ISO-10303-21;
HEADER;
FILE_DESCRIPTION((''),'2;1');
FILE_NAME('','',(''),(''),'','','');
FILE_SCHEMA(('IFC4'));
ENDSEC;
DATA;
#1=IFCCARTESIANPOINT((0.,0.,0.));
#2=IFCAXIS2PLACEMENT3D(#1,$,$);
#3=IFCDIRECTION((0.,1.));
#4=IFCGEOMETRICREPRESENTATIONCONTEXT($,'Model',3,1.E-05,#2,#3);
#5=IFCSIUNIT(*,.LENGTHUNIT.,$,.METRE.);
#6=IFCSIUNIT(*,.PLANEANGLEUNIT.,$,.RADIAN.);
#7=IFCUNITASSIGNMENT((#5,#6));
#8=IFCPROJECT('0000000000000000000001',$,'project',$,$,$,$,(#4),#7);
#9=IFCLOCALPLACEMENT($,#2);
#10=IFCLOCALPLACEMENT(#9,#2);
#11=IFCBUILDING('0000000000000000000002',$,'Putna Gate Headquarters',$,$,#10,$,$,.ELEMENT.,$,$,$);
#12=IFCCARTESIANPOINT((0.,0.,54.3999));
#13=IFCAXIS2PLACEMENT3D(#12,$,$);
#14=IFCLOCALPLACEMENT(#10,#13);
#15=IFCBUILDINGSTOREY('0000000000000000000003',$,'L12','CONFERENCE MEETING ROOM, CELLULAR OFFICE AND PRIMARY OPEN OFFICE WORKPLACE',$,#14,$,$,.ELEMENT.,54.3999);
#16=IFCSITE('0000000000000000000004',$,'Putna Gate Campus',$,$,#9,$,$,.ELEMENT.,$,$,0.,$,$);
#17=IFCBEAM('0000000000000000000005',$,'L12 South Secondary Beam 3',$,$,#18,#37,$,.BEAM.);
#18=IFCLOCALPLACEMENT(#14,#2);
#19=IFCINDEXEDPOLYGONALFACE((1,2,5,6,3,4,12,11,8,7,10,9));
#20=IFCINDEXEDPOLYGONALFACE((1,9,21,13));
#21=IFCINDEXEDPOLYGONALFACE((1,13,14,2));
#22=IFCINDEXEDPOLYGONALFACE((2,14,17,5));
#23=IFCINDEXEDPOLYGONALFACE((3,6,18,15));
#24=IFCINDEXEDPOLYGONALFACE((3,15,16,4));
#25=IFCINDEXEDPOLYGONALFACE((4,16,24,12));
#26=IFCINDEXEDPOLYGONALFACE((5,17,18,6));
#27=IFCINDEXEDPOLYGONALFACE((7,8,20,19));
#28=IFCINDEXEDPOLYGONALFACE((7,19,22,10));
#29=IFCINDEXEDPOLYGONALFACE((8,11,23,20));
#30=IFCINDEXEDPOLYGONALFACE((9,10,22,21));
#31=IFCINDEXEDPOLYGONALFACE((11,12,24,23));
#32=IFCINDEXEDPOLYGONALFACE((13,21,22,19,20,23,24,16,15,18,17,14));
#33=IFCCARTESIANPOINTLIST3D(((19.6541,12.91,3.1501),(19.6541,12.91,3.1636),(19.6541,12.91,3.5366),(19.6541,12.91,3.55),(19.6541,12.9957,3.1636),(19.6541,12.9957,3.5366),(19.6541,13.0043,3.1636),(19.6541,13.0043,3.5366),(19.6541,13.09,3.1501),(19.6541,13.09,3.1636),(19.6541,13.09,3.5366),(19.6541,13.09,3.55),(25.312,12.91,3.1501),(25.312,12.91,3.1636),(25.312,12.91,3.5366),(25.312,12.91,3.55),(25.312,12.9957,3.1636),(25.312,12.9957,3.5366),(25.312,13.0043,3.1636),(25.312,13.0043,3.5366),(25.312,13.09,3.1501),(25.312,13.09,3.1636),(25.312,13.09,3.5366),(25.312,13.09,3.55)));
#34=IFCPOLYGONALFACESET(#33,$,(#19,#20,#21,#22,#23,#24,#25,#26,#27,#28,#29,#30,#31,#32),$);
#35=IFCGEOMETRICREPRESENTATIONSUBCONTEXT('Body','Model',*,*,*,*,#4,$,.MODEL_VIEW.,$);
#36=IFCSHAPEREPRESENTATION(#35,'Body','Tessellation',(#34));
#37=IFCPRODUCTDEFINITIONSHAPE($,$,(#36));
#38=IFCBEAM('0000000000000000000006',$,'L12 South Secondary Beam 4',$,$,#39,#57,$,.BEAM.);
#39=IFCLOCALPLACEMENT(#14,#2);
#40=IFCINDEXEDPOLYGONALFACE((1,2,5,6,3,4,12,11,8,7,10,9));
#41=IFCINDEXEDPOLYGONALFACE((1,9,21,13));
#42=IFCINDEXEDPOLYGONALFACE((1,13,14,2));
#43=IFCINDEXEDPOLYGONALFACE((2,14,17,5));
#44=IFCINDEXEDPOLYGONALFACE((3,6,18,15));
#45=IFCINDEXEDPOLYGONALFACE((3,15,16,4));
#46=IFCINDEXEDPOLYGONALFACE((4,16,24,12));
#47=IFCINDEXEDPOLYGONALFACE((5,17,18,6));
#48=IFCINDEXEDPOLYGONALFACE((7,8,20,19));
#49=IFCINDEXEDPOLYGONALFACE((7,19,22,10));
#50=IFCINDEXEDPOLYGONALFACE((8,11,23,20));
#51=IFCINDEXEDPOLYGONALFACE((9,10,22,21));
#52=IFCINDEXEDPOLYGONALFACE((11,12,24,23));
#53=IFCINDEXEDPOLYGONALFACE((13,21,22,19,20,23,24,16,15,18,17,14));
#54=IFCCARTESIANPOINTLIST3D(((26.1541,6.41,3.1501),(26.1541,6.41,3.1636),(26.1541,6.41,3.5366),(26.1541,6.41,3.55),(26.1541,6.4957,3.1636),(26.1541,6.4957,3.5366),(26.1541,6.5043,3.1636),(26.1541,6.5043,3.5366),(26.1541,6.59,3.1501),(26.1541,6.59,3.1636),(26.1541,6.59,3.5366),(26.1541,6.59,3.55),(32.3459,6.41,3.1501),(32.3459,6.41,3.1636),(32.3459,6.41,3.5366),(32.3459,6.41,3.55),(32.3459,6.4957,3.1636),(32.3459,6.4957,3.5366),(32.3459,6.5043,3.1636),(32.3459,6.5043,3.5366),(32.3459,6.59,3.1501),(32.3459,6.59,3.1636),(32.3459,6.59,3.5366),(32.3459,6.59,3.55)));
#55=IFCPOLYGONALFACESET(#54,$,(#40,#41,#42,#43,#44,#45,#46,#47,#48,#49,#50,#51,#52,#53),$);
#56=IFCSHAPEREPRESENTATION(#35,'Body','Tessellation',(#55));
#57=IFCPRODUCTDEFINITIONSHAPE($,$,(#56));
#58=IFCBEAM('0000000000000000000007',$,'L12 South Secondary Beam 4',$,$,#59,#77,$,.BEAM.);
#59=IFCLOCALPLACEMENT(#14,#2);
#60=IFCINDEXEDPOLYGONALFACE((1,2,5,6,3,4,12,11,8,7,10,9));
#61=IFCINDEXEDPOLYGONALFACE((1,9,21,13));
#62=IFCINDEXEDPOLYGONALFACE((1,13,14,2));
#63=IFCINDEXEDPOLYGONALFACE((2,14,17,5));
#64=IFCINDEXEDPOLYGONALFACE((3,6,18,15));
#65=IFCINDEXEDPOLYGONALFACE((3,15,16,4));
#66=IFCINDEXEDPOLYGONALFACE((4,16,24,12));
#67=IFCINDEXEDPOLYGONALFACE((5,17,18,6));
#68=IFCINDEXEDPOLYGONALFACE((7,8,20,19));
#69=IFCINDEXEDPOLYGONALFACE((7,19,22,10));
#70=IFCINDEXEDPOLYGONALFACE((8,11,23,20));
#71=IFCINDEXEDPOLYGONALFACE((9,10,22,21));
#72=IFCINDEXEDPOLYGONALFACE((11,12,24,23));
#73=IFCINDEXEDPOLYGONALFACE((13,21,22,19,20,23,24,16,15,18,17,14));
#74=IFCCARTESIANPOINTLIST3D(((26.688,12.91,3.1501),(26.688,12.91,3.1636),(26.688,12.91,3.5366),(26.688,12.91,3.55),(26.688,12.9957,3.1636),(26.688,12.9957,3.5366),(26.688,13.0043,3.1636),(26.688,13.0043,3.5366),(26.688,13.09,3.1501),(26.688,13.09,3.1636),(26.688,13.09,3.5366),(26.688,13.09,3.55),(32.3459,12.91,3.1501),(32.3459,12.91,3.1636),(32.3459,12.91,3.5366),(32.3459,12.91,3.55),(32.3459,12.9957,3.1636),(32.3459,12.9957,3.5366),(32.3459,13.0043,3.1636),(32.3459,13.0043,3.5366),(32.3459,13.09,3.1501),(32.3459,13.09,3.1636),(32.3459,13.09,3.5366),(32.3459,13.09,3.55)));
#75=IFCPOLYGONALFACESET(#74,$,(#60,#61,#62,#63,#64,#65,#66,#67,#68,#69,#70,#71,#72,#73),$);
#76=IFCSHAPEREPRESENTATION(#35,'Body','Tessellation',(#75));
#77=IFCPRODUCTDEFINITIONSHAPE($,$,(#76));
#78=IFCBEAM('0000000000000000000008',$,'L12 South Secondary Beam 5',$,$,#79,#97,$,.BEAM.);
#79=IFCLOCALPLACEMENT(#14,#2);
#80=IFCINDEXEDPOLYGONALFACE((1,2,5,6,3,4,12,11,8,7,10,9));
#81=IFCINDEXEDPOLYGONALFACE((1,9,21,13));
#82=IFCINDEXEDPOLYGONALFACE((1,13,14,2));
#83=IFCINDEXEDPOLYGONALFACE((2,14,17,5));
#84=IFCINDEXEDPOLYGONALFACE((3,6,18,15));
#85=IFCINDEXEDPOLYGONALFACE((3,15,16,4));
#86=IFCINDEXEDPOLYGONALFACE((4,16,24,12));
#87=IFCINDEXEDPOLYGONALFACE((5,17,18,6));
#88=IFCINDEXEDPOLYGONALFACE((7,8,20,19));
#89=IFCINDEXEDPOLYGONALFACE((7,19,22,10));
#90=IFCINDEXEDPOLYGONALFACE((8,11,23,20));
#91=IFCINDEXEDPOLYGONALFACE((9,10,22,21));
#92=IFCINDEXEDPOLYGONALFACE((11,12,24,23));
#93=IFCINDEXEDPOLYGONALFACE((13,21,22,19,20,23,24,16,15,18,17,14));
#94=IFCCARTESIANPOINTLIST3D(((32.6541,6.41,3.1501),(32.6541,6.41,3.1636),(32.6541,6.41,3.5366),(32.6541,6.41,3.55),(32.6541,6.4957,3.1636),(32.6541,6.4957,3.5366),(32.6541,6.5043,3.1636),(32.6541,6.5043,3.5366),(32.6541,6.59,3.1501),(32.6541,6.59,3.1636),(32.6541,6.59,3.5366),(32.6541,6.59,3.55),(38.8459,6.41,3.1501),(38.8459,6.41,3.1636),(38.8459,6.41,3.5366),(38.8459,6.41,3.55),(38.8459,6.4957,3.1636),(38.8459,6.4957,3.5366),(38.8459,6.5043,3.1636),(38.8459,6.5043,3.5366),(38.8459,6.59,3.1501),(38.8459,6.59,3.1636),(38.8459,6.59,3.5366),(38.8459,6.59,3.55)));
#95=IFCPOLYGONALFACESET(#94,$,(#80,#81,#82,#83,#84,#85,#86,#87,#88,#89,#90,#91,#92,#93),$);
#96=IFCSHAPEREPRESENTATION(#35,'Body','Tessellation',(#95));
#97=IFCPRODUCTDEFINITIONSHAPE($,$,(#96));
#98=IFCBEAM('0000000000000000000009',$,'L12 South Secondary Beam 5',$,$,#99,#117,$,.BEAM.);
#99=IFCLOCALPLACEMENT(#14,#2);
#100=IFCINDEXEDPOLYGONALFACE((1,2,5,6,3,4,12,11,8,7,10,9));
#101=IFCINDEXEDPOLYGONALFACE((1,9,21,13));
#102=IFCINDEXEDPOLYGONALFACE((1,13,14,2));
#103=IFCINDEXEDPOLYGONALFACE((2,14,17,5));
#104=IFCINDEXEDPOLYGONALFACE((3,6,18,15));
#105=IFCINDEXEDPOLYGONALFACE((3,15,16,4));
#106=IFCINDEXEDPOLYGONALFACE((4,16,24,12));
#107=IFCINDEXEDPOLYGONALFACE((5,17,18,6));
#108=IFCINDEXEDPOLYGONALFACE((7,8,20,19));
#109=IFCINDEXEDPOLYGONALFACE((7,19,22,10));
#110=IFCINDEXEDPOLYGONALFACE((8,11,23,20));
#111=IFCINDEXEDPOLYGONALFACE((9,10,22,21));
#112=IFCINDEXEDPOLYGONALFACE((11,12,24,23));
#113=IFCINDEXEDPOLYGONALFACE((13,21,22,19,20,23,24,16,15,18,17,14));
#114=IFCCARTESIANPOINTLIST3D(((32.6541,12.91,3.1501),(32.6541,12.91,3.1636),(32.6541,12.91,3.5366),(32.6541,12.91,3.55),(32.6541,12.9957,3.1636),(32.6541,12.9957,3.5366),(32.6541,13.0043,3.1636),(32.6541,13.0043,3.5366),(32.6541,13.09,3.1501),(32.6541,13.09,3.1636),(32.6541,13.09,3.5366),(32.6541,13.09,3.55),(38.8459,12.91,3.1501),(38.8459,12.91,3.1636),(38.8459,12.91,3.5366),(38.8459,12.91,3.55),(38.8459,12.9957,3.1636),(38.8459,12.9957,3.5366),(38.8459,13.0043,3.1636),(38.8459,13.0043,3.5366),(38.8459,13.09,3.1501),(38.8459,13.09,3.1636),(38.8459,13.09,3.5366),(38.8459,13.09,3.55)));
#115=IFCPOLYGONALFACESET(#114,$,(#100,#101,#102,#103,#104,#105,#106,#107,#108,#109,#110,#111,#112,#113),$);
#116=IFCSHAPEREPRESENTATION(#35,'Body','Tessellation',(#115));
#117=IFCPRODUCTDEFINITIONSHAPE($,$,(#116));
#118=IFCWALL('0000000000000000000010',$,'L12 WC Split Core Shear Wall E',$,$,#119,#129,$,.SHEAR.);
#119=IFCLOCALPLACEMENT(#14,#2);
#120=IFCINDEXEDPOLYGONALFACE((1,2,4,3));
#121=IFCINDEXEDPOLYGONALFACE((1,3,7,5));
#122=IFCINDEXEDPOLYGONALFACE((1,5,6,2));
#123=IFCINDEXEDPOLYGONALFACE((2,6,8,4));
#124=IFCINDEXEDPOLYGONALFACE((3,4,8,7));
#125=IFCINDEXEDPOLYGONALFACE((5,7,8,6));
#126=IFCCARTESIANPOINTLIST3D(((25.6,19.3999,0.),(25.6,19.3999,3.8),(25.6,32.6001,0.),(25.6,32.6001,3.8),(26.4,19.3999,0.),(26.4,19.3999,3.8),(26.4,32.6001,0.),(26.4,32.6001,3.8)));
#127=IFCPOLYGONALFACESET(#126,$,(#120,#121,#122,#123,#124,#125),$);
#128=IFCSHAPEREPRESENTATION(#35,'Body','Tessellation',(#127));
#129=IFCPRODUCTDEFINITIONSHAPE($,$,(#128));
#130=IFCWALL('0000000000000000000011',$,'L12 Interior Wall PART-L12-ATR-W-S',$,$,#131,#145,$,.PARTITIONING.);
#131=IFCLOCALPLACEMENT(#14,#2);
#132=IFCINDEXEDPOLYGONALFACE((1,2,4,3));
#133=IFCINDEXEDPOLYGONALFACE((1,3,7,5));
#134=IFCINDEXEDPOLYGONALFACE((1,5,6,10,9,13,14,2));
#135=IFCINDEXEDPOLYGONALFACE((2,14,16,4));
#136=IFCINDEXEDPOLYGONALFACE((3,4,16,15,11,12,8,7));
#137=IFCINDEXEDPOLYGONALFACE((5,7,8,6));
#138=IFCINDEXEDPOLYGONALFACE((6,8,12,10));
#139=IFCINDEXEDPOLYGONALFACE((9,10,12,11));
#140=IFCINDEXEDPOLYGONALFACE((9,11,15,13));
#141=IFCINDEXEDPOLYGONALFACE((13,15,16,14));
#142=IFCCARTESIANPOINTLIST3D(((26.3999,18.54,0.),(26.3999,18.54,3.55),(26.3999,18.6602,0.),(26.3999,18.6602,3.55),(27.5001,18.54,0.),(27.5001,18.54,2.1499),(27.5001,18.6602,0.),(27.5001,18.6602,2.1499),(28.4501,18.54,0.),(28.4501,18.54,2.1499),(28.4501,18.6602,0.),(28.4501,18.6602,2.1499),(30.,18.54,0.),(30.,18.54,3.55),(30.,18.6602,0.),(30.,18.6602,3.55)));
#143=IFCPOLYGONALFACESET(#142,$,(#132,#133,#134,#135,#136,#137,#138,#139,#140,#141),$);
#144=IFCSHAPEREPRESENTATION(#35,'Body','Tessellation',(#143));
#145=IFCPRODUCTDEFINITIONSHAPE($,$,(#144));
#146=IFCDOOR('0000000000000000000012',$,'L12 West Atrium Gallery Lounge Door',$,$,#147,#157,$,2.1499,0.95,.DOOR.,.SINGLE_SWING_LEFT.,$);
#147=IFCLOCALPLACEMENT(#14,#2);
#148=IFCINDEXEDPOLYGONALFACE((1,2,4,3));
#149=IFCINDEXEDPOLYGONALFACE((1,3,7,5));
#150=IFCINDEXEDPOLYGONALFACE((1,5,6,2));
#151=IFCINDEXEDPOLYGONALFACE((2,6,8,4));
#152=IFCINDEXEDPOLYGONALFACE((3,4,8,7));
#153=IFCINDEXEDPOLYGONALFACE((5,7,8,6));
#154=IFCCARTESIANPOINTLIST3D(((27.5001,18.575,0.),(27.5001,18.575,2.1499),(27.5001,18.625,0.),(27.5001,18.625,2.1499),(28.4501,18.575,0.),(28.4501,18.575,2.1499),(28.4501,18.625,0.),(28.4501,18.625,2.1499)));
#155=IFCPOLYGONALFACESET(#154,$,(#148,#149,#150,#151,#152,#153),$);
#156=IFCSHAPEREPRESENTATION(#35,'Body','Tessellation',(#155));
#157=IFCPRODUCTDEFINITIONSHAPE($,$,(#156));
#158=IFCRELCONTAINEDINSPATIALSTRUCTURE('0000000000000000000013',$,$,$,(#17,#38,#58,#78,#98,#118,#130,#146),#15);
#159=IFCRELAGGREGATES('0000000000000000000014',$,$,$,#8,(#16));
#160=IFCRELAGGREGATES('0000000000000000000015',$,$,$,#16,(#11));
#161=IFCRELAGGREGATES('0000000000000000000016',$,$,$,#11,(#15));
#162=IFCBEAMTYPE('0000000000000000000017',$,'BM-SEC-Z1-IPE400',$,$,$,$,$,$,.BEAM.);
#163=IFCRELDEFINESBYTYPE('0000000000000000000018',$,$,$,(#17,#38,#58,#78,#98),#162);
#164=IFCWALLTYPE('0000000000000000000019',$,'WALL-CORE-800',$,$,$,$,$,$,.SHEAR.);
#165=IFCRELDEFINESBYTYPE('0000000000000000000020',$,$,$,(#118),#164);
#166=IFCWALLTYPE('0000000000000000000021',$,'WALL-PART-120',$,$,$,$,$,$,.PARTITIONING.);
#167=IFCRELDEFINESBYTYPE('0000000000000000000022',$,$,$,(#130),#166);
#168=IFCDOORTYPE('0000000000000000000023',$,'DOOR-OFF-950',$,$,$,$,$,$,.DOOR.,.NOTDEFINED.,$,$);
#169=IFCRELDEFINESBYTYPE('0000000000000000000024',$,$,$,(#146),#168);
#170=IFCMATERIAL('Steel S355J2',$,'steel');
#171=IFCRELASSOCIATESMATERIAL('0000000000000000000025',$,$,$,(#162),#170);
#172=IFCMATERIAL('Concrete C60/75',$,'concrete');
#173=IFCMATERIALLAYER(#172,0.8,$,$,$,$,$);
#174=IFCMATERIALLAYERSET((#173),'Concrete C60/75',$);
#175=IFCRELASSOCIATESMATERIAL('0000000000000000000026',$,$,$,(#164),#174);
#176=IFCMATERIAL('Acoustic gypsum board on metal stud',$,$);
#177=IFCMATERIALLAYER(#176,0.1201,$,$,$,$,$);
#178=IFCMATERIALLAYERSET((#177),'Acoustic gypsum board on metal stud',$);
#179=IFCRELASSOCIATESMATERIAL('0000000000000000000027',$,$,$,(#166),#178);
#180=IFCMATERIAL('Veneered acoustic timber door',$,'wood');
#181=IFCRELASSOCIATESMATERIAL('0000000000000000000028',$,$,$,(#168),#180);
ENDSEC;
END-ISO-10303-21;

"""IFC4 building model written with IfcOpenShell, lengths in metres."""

from ifc_helpers import new_model, si_unit, direction, frame, frame_2d, origin, origin_2d, place, context, subcontext, project, spatial, rectangle, i_section, extrude, material, layer, layer_set, material_profile, profile_set, type_object, element, fill, save


model = new_model("IFC4")

# Units and contexts
model_context = context("Model", 3, precision=1e-05, world=origin(), true_north=direction((0.0, 1.0)))
body_context = subcontext(model_context, "Body", "Model", "MODEL_VIEW")
ifc_project = project(units=[si_unit("LENGTHUNIT", "METRE"), si_unit("PLANEANGLEUNIT", "RADIAN")], contexts=[model_context])

# Site, building, storey
site_placement = place(None, origin())
site = spatial("IfcSite", under=ifc_project, at=site_placement, Name="Putna Gate Campus", CompositionType="ELEMENT", RefElevation=0.0)
building_placement = place(site_placement, origin())
building = spatial("IfcBuilding", under=site, at=building_placement, Name="Putna Gate Headquarters", CompositionType="ELEMENT")
storey_placement = place(building_placement, frame((0.0, 0.0, 54.3999)))
storey = spatial("IfcBuildingStorey", under=building, at=storey_placement, Name="L12", Description="CONFERENCE MEETING ROOM, CELLULAR OFFICE AND PRIMARY OPEN OFFICE WORKPLACE", CompositionType="ELEMENT", Elevation=54.3999)

# Shared definitions
ifc_material_1 = material(Name="Concrete C60/75", Category="concrete")

# Beams
ifc_material_2 = material(Name="Steel S355J2", Category="steel")
ifc_material_profile_1 = material_profile(ifc_material_2, i_section(OverallWidth=0.1799, OverallDepth=0.3999, WebThickness=0.0085, FlangeThickness=0.0134, at=origin_2d()), Name="Steel S355J2")
ifc_profile_set_1 = profile_set([ifc_material_profile_1], Name="Steel S355J2")
beam_type_1 = type_object("IfcBeamType", Name="BM-SEC-Z1-IPE400", PredefinedType="BEAM", material=ifc_profile_set_1)
beam_1_placement = place(storey_placement, frame((19.6541, 13.0, 3.3501), z_axis=(1.0, 0.0, 0.0), x_axis=(0.0, 1.0, 0.0)))
element("IfcBeam", 1, at=beam_1_placement, inside=storey, type_object=beam_type_1, Name="L12 South Secondary Beam 3", PredefinedType="BEAM", context=body_context, shape_type="SweptSolid", body=[
    extrude(i_section(OverallWidth=0.1799, OverallDepth=0.3999, WebThickness=0.0085, FlangeThickness=0.0134, at=origin_2d()), origin(), (0.0, 0.0, 1.0), 5.658),
])
beam_2_placement = place(storey_placement, frame((26.1541, 6.5, 3.3501), z_axis=(1.0, 0.0, 0.0), x_axis=(0.0, 1.0, 0.0)))
element("IfcBeam", 2, at=beam_2_placement, inside=storey, type_object=beam_type_1, Name="L12 South Secondary Beam 4", PredefinedType="BEAM", context=body_context, shape_type="SweptSolid", body=[
    extrude(i_section(OverallWidth=0.1799, OverallDepth=0.3999, WebThickness=0.0085, FlangeThickness=0.0134, at=origin_2d()), origin(), (0.0, 0.0, 1.0), 6.1919),
])
beam_3_placement = place(storey_placement, frame((26.688, 13.0, 3.3501), z_axis=(1.0, 0.0, 0.0), x_axis=(0.0, 1.0, 0.0)))
element("IfcBeam", 3, at=beam_3_placement, inside=storey, type_object=beam_type_1, Name="L12 South Secondary Beam 4", PredefinedType="BEAM", context=body_context, shape_type="SweptSolid", body=[
    extrude(i_section(OverallWidth=0.1799, OverallDepth=0.3999, WebThickness=0.0085, FlangeThickness=0.0134, at=origin_2d()), origin(), (0.0, 0.0, 1.0), 5.658),
])
for number, where, z_axis, x_axis, name in (
    (4, (32.6541, 6.5, 3.3501), (1.0, 0.0, 0.0), (0.0, 1.0, 0.0), "L12 South Secondary Beam 5"),
    (5, (32.6541, 13.0, 3.3501), (1.0, 0.0, 0.0), (0.0, 1.0, 0.0), "L12 South Secondary Beam 5"),
):
    element("IfcBeam", number, at=place(storey_placement, frame(where, z_axis=z_axis, x_axis=x_axis)), inside=storey, type_object=beam_type_1, Name=name, PredefinedType="BEAM", context=body_context, shape_type="SweptSolid", body=[
        extrude(i_section(OverallWidth=0.1799, OverallDepth=0.3999, WebThickness=0.0085, FlangeThickness=0.0134, at=origin_2d()), origin(), (0.0, 0.0, 1.0), 6.1919),
    ])

# Wall
ifc_layer_1 = layer(ifc_material_1, 0.8)
ifc_layer_set_1 = layer_set([ifc_layer_1], Name="Concrete C60/75")
wall_type_1 = type_object("IfcWallType", Name="WALL-CORE-800", PredefinedType="SHEAR", material=ifc_layer_set_1)
wall_1_placement = place(storey_placement, frame((26.0, 19.3999, 0.0), z_axis=(0.0, 0.0, 1.0), x_axis=(0.0, 1.0, 0.0)))
element("IfcWall", 6, at=wall_1_placement, inside=storey, type_object=wall_type_1, Name="L12 WC Split Core Shear Wall E", PredefinedType="SHEAR", context=body_context, shape_type="SweptSolid", body=[
    extrude(rectangle(XDim=13.2002, YDim=0.8, at=frame_2d((6.6001, 0.0))), origin(), (0.0, 0.0, 1.0), 3.8),
])

# Wall, opening, door
ifc_material_3 = material(Name="Acoustic gypsum board on metal stud")
ifc_layer_2 = layer(ifc_material_3, 0.1201)
ifc_layer_set_2 = layer_set([ifc_layer_2], Name="Acoustic gypsum board on metal stud")
wall_type_2 = type_object("IfcWallType", Name="WALL-PART-120", PredefinedType="PARTITIONING", material=ifc_layer_set_2)
wall_2_placement = place(storey_placement, frame((26.3999, 18.6001, 0.0), z_axis=(0.0, 0.0, 1.0), x_axis=(1.0, 0.0, 0.0)))
wall_2 = element("IfcWall", 7, at=wall_2_placement, inside=storey, type_object=wall_type_2, Name="L12 Interior Wall PART-L12-ATR-W-S", PredefinedType="PARTITIONING", context=body_context, shape_type="SweptSolid", body=[
    extrude(rectangle(XDim=3.6001, YDim=0.1201, at=frame_2d((1.8, 0.0))), origin(), (0.0, 0.0, 1.0), 3.55),
])
opening_1_placement = place(wall_2_placement, frame((1.1001, 0.0, 0.0)))
opening_1 = element("IfcOpeningElement", 8, at=opening_1_placement, cuts=wall_2, PredefinedType="OPENING", context=body_context, shape_type="SweptSolid", body=[
    extrude(rectangle(XDim=0.95, YDim=2.1499, at=frame_2d((0.4751, 1.075))), frame((0.0, 0.0701, 0.0), z_axis=(0.0, -1.0, 0.0), x_axis=(1.0, 0.0, 0.0)), (0.0, 0.0, 1.0), 0.1401),
])
ifc_material_4 = material(Name="Veneered acoustic timber door", Category="wood")
door_type_1 = type_object("IfcDoorType", Name="DOOR-OFF-950", OperationType="NOTDEFINED", PredefinedType="DOOR", material=ifc_material_4)
door_1_placement = place(opening_1_placement, origin())
door_1 = element("IfcDoor", 9, at=door_1_placement, inside=storey, type_object=door_type_1, Name="L12 West Atrium Gallery Lounge Door", OperationType="SINGLE_SWING_LEFT", OverallHeight=2.1499, OverallWidth=0.95, PredefinedType="DOOR", context=body_context, shape_type="SweptSolid", body=[
    extrude(rectangle(XDim=0.95, YDim=2.1499, at=frame_2d((0.4751, 1.075))), frame((0.0, 0.0249, 0.0), z_axis=(0.0, -1.0, 0.0), x_axis=(1.0, 0.0, 0.0)), (0.0, 0.0, 1.0), 0.05),
])
fill(opening_1, door_1)

save(model, "model.ifc")
